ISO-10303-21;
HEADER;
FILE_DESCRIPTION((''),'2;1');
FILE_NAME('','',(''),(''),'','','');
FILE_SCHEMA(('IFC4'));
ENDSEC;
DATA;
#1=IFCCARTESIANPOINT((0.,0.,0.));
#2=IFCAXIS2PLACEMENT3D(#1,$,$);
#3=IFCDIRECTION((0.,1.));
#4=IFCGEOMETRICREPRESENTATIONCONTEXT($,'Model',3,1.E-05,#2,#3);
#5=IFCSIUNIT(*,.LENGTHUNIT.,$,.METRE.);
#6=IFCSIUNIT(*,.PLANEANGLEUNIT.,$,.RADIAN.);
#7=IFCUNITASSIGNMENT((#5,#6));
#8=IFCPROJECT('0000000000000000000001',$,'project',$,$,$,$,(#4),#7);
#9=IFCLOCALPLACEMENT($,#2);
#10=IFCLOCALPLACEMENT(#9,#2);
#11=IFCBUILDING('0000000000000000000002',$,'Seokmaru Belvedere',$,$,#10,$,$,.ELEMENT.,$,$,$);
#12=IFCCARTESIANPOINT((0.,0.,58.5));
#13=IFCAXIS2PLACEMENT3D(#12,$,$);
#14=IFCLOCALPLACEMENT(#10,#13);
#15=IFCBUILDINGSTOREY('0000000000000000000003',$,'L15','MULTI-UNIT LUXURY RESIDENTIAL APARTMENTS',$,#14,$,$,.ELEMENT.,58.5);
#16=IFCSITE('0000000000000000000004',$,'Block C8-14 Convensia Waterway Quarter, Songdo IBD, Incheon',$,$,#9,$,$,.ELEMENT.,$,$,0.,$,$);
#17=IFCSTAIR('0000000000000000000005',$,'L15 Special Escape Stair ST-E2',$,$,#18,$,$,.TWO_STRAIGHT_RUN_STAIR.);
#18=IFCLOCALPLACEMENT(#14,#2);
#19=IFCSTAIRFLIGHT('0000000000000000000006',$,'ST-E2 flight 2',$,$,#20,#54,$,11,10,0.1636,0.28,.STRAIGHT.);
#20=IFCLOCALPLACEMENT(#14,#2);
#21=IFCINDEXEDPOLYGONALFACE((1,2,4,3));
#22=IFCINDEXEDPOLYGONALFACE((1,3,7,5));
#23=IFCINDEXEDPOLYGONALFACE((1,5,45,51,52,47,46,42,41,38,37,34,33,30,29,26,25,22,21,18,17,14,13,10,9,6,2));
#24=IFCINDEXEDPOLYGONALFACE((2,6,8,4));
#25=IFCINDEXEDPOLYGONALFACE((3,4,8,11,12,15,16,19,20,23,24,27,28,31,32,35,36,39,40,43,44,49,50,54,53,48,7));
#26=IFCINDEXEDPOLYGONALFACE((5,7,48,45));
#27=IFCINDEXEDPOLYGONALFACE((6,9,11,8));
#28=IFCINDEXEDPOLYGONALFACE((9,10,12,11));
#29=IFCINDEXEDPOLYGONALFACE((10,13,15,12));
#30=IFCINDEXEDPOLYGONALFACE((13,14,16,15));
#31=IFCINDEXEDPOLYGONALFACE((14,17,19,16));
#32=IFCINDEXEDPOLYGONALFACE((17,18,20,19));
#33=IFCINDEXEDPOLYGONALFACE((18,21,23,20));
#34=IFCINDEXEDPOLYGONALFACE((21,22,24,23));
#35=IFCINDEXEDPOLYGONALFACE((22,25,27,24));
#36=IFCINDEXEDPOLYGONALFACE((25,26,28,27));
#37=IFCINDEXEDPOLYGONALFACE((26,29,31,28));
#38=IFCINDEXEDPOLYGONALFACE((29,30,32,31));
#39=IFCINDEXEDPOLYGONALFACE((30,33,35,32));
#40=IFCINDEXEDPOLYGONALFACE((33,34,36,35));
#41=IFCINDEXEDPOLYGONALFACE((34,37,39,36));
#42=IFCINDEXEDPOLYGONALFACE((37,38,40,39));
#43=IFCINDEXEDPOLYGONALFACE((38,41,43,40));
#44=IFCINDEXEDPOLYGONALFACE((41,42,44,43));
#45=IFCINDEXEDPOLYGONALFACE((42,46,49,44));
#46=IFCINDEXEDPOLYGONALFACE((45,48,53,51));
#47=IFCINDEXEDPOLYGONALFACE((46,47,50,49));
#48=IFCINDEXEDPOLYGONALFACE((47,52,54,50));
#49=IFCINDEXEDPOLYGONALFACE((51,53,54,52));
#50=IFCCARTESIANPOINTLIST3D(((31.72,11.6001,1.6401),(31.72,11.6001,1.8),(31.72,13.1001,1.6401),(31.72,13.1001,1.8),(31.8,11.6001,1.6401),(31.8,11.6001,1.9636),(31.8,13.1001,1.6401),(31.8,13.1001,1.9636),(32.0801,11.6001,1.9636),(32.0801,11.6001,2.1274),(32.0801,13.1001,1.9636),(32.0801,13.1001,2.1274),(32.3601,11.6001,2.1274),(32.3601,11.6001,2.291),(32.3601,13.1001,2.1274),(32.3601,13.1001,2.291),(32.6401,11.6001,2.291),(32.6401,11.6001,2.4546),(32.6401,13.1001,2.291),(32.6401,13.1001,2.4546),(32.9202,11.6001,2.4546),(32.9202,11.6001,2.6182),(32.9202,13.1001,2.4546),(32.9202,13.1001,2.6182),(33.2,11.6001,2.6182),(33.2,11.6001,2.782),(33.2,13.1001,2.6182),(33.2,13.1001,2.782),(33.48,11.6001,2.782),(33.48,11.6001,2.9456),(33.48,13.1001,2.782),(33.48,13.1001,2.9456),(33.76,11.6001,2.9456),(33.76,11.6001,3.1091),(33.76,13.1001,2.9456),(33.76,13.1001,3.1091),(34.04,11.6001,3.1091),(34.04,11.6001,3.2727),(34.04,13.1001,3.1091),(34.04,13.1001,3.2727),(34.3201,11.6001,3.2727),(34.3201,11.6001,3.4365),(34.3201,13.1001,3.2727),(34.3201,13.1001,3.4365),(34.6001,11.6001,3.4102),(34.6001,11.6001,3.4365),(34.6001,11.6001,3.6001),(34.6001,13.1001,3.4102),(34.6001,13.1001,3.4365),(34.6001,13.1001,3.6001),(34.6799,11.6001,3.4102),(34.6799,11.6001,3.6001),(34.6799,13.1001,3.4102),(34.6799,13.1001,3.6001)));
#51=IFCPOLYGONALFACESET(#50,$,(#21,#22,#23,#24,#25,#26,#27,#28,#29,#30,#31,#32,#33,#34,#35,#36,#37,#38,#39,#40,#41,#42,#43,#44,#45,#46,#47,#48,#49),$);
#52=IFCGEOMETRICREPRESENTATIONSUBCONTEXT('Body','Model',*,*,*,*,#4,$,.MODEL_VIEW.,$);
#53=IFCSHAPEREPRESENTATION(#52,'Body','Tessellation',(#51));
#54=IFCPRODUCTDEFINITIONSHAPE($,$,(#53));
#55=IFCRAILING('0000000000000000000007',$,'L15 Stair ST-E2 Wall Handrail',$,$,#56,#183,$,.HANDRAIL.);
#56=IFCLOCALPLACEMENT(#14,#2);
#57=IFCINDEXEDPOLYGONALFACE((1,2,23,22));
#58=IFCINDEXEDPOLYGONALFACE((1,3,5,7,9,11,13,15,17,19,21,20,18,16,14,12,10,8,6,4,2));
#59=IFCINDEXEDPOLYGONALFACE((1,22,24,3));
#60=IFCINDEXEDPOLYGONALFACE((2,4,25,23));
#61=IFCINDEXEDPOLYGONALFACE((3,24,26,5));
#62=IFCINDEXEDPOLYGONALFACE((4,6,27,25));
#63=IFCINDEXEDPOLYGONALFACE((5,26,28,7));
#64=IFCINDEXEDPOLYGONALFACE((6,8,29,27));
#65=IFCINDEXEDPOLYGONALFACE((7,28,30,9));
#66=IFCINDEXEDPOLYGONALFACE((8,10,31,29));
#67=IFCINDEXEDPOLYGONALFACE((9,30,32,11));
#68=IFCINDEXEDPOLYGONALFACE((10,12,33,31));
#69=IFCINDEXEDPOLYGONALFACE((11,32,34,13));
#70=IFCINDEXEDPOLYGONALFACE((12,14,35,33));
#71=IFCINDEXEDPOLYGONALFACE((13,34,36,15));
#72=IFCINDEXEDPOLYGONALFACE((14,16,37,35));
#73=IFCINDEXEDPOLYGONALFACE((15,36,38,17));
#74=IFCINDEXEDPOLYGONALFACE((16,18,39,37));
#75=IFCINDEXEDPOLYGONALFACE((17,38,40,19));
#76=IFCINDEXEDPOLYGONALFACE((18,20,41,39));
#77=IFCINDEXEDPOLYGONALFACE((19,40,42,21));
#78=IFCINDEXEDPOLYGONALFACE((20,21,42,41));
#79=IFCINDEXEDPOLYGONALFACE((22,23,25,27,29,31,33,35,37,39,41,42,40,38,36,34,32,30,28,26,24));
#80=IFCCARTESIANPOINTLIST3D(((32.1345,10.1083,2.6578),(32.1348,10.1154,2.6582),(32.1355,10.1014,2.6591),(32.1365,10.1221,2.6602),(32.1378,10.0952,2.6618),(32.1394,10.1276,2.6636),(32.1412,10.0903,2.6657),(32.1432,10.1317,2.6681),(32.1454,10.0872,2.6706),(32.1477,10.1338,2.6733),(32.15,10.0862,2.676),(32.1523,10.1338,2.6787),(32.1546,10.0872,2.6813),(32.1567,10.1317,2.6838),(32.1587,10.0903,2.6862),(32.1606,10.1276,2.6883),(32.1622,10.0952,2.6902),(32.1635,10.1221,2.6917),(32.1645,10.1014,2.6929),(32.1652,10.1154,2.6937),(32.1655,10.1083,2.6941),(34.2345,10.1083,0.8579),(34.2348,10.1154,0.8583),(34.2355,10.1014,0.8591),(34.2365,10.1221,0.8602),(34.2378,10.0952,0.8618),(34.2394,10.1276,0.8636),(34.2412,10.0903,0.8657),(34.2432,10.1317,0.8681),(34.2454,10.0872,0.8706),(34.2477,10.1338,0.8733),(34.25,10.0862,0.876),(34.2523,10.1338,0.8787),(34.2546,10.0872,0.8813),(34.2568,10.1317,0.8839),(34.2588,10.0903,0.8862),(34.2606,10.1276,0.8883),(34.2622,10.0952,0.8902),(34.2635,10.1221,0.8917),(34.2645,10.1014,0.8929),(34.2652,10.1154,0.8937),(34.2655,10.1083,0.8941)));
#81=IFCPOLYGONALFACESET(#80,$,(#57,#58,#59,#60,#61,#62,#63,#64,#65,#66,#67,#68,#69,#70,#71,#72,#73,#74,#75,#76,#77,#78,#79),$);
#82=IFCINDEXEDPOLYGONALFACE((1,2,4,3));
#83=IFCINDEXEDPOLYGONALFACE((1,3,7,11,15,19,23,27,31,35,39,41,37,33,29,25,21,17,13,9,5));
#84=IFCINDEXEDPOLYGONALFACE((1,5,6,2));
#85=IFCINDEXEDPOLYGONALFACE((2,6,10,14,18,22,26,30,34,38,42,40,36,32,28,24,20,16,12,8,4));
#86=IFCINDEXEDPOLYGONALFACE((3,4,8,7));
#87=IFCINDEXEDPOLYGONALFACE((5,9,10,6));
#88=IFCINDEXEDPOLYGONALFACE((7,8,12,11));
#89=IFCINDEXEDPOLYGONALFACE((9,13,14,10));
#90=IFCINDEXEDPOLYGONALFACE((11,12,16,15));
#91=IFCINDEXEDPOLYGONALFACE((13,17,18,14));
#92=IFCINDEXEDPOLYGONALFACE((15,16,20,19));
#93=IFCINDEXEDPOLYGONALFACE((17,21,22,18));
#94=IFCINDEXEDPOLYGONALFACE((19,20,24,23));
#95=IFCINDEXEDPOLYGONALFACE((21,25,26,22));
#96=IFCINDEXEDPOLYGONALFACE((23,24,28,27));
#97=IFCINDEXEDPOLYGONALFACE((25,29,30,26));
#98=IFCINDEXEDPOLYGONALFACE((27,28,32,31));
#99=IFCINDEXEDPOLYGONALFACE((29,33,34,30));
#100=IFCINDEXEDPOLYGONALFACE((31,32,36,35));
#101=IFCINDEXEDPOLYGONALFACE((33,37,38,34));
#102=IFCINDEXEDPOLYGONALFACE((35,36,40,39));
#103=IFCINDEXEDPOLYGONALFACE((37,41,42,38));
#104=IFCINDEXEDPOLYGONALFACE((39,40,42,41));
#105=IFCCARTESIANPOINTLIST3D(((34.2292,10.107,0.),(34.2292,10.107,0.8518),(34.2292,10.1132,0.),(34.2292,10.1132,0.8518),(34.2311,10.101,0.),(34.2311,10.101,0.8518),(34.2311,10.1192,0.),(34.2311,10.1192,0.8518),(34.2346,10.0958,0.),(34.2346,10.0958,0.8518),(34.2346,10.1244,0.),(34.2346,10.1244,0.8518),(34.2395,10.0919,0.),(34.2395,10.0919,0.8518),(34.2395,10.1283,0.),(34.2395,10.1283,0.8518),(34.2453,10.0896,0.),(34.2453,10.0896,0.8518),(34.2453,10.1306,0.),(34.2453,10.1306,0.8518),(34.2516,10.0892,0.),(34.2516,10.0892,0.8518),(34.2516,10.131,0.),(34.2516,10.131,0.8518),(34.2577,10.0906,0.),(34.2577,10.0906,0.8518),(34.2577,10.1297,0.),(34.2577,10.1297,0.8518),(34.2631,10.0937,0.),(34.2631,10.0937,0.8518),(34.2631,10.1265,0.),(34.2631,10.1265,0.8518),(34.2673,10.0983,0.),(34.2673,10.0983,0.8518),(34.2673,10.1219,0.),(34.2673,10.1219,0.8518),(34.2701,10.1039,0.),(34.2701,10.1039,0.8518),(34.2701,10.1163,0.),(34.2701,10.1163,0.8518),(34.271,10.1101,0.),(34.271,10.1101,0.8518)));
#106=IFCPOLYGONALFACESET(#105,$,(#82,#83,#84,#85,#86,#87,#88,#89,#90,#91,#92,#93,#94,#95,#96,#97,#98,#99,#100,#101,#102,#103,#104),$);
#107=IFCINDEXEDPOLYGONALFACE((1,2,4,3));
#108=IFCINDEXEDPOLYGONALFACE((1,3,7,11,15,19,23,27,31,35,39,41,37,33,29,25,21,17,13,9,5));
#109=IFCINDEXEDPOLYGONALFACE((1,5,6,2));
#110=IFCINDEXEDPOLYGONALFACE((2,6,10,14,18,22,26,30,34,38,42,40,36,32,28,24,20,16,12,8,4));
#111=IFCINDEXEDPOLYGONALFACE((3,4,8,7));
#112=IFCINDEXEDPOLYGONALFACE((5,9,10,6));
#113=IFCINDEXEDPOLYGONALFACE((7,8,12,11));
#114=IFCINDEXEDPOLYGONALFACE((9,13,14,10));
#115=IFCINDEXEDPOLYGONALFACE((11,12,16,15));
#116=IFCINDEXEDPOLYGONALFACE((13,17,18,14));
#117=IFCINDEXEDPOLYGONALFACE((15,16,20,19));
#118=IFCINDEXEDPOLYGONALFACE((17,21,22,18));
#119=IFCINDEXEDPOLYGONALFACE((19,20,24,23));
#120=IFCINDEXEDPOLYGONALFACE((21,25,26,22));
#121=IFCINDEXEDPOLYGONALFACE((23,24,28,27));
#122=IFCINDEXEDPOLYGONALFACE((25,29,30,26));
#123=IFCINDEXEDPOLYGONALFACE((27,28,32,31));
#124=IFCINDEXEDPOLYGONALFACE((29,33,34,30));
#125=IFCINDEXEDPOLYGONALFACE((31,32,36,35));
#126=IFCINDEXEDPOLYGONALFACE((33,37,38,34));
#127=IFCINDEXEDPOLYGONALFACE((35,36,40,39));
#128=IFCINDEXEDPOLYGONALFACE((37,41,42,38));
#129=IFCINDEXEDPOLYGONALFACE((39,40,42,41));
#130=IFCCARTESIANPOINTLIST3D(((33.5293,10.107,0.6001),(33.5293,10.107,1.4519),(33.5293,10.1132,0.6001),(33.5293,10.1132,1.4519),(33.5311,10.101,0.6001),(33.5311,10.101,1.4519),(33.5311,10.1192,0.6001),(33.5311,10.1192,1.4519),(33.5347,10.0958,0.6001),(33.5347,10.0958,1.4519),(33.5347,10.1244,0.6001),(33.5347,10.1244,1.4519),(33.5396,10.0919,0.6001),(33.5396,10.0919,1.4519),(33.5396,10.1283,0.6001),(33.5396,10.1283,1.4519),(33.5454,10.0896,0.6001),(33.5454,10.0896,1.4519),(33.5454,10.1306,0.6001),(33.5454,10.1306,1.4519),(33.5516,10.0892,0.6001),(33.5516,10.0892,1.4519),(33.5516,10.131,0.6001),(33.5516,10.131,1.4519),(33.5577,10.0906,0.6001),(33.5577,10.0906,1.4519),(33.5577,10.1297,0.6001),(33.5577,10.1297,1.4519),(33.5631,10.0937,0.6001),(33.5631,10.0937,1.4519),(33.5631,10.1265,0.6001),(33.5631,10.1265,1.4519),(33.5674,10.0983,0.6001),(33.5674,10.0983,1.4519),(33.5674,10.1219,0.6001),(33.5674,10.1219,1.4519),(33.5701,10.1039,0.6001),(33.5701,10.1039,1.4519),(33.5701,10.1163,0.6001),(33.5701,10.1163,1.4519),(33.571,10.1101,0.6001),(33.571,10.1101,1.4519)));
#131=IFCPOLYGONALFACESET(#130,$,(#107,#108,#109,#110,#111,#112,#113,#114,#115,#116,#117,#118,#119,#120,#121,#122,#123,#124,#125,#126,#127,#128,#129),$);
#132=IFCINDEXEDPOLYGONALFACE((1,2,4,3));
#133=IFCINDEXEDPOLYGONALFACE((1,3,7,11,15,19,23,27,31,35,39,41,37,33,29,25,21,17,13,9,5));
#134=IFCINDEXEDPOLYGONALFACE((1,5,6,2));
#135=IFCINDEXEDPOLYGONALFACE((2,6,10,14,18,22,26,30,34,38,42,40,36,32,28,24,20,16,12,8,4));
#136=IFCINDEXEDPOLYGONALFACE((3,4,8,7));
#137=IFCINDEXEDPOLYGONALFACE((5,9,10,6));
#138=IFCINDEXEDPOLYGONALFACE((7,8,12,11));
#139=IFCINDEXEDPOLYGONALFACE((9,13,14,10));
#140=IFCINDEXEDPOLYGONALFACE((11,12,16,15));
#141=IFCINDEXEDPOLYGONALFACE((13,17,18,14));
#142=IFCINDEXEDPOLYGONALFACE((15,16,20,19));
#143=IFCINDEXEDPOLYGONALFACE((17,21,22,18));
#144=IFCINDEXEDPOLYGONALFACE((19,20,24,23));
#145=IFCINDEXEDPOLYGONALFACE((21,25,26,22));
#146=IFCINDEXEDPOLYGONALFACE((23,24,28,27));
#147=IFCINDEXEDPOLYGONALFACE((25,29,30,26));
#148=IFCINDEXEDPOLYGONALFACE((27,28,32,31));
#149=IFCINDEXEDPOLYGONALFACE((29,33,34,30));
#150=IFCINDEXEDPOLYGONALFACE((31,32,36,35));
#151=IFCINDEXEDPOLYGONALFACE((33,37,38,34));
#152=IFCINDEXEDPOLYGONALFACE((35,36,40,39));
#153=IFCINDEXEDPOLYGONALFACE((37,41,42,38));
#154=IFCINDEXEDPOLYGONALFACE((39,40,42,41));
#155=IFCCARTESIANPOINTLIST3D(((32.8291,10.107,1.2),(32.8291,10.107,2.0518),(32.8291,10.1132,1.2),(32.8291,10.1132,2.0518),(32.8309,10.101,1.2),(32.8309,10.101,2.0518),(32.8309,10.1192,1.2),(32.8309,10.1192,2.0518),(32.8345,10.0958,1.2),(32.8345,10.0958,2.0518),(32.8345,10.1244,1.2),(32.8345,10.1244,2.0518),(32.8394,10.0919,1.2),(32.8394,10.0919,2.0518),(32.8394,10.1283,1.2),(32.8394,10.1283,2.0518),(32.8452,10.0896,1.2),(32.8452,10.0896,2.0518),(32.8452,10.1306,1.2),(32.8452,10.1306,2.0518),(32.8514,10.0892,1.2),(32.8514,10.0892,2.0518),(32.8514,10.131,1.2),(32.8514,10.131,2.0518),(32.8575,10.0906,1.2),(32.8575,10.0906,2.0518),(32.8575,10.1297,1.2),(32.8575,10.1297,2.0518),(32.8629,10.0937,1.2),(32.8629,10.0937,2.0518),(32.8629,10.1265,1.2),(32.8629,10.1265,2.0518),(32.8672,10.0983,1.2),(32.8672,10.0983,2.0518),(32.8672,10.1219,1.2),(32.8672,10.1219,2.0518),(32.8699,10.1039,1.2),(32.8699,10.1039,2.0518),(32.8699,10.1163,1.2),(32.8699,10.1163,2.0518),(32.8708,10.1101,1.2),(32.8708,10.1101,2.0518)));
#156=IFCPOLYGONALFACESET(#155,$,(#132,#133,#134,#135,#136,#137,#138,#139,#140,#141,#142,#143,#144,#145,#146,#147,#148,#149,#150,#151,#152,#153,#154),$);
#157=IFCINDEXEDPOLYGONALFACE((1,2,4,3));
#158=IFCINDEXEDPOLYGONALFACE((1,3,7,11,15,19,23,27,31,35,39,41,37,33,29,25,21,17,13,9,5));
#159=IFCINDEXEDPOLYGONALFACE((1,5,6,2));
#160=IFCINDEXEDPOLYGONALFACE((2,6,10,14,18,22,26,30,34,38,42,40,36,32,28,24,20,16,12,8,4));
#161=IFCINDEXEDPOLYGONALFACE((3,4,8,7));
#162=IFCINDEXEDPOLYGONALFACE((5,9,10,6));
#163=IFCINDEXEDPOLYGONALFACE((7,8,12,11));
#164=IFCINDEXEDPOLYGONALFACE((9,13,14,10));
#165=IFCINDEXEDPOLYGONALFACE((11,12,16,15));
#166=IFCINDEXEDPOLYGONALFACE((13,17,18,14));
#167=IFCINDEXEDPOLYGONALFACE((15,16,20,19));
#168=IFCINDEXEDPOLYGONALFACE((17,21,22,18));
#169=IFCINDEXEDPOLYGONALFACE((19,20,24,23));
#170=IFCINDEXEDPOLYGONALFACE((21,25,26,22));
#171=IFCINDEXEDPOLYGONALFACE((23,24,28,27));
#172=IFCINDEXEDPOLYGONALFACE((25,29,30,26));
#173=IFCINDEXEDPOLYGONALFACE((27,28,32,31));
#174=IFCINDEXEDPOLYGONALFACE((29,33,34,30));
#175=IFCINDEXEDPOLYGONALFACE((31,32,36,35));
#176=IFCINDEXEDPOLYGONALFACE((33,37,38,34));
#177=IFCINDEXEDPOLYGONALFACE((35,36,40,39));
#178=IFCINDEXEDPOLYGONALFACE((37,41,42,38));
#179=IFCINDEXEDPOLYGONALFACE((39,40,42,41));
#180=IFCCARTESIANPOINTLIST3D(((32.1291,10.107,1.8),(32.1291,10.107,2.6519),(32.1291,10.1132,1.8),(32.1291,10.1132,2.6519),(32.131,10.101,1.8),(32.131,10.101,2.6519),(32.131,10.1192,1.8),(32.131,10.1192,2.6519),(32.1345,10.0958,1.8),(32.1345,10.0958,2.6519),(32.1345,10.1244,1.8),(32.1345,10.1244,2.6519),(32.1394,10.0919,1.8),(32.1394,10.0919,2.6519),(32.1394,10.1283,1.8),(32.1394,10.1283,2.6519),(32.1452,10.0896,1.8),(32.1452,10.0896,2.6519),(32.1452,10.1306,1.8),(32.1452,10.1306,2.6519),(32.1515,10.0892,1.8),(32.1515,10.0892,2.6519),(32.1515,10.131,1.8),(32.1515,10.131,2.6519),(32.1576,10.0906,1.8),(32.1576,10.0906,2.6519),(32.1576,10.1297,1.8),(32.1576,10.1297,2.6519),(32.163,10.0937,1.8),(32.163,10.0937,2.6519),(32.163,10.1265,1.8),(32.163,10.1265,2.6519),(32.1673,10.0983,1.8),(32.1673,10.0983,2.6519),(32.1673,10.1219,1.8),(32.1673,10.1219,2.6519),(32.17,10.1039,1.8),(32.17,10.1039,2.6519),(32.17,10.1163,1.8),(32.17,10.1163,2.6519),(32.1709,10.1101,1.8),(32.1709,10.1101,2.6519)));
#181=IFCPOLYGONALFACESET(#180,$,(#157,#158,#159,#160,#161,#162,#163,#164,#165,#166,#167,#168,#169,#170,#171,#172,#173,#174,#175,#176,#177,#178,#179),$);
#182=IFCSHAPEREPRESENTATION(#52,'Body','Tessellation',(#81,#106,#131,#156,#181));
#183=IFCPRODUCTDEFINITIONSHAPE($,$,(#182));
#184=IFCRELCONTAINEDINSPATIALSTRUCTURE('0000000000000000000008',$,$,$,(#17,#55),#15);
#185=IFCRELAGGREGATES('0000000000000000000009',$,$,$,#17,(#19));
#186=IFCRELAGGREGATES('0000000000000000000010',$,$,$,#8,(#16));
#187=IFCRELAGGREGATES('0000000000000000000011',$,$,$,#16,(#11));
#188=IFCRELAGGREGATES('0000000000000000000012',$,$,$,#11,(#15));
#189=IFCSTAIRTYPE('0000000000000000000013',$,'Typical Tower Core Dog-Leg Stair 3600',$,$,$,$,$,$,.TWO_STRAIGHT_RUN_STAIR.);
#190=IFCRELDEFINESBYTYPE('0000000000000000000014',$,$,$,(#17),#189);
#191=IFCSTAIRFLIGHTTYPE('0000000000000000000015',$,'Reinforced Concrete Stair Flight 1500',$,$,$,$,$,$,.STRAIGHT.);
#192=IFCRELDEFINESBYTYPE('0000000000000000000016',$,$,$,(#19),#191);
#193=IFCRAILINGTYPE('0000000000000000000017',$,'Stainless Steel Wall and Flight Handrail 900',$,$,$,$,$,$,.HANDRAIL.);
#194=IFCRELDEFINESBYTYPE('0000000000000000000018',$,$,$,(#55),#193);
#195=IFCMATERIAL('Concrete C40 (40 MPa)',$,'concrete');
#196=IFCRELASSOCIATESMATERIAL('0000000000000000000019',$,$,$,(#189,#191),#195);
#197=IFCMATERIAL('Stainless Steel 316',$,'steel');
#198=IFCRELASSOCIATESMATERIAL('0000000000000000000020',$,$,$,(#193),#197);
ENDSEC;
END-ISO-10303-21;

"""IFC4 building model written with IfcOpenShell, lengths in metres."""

from ifc_helpers import new_model, si_unit, direction, frame, origin, origin_2d, place, context, subcontext, project, spatial, polyline, circle, outline, extrude, material, type_object, element, aggregate, save


model = new_model("IFC4")

# Units and contexts
model_context = context("Model", 3, precision=1e-05, world=origin(), true_north=direction((0.0, 1.0)))
body_context = subcontext(model_context, "Body", "Model", "MODEL_VIEW")
ifc_project = project(units=[si_unit("LENGTHUNIT", "METRE"), si_unit("PLANEANGLEUNIT", "RADIAN")], contexts=[model_context])

# Site, building, storey
site_placement = place(None, origin())
site = spatial("IfcSite", under=ifc_project, at=site_placement, Name="Block C8-14 Convensia Waterway Quarter, Songdo IBD, Incheon", CompositionType="ELEMENT", RefElevation=0.0)
building_placement = place(site_placement, origin())
building = spatial("IfcBuilding", under=site, at=building_placement, Name="Seokmaru Belvedere", CompositionType="ELEMENT")
storey_placement = place(building_placement, frame((0.0, 0.0, 58.5)))
storey = spatial("IfcBuildingStorey", under=building, at=storey_placement, Name="L15", Description="MULTI-UNIT LUXURY RESIDENTIAL APARTMENTS", CompositionType="ELEMENT", Elevation=58.5)

# Stair, stair flight
ifc_material_1 = material(Name="Concrete C40 (40 MPa)", Category="concrete")
stair_type = type_object("IfcStairType", Name="Typical Tower Core Dog-Leg Stair 3600", PredefinedType="TWO_STRAIGHT_RUN_STAIR", material=ifc_material_1)
stair_placement = place(storey_placement, origin())
stair = element("IfcStair", 1, at=stair_placement, inside=storey, type_object=stair_type, Name="L15 Special Escape Stair ST-E2", PredefinedType="TWO_STRAIGHT_RUN_STAIR")
stair_flight_type = type_object("IfcStairFlightType", Name="Reinforced Concrete Stair Flight 1500", PredefinedType="STRAIGHT", material=ifc_material_1)
stair_flight_1_placement = place(storey_placement, frame((31.8, 12.3501, 1.8), z_axis=(0.0, 0.0, 1.0), x_axis=(1.0, 0.0, 0.0)))
stair_flight_1 = element("IfcStairFlight", 2, at=stair_flight_1_placement, type_object=stair_flight_type, Name="ST-E2 flight 2", NumberOfRisers=11, NumberOfTreads=10, PredefinedType="STRAIGHT", RiserHeight=0.1636, TreadLength=0.28, context=body_context, shape_type="SweptSolid", body=[
    extrude(outline(polyline([(-0.0801, 0.0), (0.0, 0.1636), (0.28, 0.1636), (0.28, 0.3274), (0.5601, 0.3274), (0.5601, 0.491), (0.8401, 0.491), (0.8401, 0.6545), (1.1201, 0.6545), (1.1201, 0.8181), (1.3999, 0.8181), (1.3999, 0.9819), (1.6799, 0.9819), (1.6799, 1.1455), (1.96, 1.1455), (1.96, 1.3091), (2.24, 1.3091), (2.24, 1.4727), (2.52, 1.4727), (2.52, 1.6365), (2.8, 1.6365), (2.8, 1.8), (2.8799, 1.8), (2.8799, 1.6101), (2.8, 1.6101), (0.0, -0.1599), (-0.0801, -0.1599), (-0.0801, 0.0)])), frame((0.0, 0.75, 0.0), z_axis=(0.0, -1.0, 0.0), x_axis=(1.0, 0.0, 0.0)), (0.0, 0.0, 1.0), 1.5),
])
aggregate(stair, [stair_flight_1])

# Railing
ifc_material_2 = material(Name="Stainless Steel 316", Category="steel")
railing_type_1 = type_object("IfcRailingType", Name="Stainless Steel Wall and Flight Handrail 900", PredefinedType="HANDRAIL", material=ifc_material_2)
railing_1_placement = place(storey_placement, frame((34.25, 10.1101, 0.0)))
element("IfcRailing", 3, at=railing_1_placement, inside=storey, type_object=railing_type_1, Name="L15 Stair ST-E2 Wall Handrail", PredefinedType="HANDRAIL", context=body_context, shape_type="SweptSolid", body=[
    extrude(circle(Radius=0.0239, at=origin_2d()), frame((0.0, 0.0, 0.876), z_axis=(-0.759263, 0.0, 0.650784), x_axis=(0.0, -1.0, 0.0)), (0.0, 0.0, 1.0), 2.7659),
    extrude(circle(Radius=0.021, at=origin_2d()), origin(), (0.0, 0.0, 1.0), 0.8518),
    extrude(circle(Radius=0.021, at=origin_2d()), frame((-0.7, 0.0, 0.6001)), (0.0, 0.0, 1.0), 0.8518),
    extrude(circle(Radius=0.021, at=origin_2d()), frame((-1.4001, 0.0, 1.2)), (0.0, 0.0, 1.0), 0.8518),
    extrude(circle(Radius=0.021, at=origin_2d()), frame((-2.1001, 0.0, 1.8)), (0.0, 0.0, 1.0), 0.8518),
])

save(model, "model.ifc")
